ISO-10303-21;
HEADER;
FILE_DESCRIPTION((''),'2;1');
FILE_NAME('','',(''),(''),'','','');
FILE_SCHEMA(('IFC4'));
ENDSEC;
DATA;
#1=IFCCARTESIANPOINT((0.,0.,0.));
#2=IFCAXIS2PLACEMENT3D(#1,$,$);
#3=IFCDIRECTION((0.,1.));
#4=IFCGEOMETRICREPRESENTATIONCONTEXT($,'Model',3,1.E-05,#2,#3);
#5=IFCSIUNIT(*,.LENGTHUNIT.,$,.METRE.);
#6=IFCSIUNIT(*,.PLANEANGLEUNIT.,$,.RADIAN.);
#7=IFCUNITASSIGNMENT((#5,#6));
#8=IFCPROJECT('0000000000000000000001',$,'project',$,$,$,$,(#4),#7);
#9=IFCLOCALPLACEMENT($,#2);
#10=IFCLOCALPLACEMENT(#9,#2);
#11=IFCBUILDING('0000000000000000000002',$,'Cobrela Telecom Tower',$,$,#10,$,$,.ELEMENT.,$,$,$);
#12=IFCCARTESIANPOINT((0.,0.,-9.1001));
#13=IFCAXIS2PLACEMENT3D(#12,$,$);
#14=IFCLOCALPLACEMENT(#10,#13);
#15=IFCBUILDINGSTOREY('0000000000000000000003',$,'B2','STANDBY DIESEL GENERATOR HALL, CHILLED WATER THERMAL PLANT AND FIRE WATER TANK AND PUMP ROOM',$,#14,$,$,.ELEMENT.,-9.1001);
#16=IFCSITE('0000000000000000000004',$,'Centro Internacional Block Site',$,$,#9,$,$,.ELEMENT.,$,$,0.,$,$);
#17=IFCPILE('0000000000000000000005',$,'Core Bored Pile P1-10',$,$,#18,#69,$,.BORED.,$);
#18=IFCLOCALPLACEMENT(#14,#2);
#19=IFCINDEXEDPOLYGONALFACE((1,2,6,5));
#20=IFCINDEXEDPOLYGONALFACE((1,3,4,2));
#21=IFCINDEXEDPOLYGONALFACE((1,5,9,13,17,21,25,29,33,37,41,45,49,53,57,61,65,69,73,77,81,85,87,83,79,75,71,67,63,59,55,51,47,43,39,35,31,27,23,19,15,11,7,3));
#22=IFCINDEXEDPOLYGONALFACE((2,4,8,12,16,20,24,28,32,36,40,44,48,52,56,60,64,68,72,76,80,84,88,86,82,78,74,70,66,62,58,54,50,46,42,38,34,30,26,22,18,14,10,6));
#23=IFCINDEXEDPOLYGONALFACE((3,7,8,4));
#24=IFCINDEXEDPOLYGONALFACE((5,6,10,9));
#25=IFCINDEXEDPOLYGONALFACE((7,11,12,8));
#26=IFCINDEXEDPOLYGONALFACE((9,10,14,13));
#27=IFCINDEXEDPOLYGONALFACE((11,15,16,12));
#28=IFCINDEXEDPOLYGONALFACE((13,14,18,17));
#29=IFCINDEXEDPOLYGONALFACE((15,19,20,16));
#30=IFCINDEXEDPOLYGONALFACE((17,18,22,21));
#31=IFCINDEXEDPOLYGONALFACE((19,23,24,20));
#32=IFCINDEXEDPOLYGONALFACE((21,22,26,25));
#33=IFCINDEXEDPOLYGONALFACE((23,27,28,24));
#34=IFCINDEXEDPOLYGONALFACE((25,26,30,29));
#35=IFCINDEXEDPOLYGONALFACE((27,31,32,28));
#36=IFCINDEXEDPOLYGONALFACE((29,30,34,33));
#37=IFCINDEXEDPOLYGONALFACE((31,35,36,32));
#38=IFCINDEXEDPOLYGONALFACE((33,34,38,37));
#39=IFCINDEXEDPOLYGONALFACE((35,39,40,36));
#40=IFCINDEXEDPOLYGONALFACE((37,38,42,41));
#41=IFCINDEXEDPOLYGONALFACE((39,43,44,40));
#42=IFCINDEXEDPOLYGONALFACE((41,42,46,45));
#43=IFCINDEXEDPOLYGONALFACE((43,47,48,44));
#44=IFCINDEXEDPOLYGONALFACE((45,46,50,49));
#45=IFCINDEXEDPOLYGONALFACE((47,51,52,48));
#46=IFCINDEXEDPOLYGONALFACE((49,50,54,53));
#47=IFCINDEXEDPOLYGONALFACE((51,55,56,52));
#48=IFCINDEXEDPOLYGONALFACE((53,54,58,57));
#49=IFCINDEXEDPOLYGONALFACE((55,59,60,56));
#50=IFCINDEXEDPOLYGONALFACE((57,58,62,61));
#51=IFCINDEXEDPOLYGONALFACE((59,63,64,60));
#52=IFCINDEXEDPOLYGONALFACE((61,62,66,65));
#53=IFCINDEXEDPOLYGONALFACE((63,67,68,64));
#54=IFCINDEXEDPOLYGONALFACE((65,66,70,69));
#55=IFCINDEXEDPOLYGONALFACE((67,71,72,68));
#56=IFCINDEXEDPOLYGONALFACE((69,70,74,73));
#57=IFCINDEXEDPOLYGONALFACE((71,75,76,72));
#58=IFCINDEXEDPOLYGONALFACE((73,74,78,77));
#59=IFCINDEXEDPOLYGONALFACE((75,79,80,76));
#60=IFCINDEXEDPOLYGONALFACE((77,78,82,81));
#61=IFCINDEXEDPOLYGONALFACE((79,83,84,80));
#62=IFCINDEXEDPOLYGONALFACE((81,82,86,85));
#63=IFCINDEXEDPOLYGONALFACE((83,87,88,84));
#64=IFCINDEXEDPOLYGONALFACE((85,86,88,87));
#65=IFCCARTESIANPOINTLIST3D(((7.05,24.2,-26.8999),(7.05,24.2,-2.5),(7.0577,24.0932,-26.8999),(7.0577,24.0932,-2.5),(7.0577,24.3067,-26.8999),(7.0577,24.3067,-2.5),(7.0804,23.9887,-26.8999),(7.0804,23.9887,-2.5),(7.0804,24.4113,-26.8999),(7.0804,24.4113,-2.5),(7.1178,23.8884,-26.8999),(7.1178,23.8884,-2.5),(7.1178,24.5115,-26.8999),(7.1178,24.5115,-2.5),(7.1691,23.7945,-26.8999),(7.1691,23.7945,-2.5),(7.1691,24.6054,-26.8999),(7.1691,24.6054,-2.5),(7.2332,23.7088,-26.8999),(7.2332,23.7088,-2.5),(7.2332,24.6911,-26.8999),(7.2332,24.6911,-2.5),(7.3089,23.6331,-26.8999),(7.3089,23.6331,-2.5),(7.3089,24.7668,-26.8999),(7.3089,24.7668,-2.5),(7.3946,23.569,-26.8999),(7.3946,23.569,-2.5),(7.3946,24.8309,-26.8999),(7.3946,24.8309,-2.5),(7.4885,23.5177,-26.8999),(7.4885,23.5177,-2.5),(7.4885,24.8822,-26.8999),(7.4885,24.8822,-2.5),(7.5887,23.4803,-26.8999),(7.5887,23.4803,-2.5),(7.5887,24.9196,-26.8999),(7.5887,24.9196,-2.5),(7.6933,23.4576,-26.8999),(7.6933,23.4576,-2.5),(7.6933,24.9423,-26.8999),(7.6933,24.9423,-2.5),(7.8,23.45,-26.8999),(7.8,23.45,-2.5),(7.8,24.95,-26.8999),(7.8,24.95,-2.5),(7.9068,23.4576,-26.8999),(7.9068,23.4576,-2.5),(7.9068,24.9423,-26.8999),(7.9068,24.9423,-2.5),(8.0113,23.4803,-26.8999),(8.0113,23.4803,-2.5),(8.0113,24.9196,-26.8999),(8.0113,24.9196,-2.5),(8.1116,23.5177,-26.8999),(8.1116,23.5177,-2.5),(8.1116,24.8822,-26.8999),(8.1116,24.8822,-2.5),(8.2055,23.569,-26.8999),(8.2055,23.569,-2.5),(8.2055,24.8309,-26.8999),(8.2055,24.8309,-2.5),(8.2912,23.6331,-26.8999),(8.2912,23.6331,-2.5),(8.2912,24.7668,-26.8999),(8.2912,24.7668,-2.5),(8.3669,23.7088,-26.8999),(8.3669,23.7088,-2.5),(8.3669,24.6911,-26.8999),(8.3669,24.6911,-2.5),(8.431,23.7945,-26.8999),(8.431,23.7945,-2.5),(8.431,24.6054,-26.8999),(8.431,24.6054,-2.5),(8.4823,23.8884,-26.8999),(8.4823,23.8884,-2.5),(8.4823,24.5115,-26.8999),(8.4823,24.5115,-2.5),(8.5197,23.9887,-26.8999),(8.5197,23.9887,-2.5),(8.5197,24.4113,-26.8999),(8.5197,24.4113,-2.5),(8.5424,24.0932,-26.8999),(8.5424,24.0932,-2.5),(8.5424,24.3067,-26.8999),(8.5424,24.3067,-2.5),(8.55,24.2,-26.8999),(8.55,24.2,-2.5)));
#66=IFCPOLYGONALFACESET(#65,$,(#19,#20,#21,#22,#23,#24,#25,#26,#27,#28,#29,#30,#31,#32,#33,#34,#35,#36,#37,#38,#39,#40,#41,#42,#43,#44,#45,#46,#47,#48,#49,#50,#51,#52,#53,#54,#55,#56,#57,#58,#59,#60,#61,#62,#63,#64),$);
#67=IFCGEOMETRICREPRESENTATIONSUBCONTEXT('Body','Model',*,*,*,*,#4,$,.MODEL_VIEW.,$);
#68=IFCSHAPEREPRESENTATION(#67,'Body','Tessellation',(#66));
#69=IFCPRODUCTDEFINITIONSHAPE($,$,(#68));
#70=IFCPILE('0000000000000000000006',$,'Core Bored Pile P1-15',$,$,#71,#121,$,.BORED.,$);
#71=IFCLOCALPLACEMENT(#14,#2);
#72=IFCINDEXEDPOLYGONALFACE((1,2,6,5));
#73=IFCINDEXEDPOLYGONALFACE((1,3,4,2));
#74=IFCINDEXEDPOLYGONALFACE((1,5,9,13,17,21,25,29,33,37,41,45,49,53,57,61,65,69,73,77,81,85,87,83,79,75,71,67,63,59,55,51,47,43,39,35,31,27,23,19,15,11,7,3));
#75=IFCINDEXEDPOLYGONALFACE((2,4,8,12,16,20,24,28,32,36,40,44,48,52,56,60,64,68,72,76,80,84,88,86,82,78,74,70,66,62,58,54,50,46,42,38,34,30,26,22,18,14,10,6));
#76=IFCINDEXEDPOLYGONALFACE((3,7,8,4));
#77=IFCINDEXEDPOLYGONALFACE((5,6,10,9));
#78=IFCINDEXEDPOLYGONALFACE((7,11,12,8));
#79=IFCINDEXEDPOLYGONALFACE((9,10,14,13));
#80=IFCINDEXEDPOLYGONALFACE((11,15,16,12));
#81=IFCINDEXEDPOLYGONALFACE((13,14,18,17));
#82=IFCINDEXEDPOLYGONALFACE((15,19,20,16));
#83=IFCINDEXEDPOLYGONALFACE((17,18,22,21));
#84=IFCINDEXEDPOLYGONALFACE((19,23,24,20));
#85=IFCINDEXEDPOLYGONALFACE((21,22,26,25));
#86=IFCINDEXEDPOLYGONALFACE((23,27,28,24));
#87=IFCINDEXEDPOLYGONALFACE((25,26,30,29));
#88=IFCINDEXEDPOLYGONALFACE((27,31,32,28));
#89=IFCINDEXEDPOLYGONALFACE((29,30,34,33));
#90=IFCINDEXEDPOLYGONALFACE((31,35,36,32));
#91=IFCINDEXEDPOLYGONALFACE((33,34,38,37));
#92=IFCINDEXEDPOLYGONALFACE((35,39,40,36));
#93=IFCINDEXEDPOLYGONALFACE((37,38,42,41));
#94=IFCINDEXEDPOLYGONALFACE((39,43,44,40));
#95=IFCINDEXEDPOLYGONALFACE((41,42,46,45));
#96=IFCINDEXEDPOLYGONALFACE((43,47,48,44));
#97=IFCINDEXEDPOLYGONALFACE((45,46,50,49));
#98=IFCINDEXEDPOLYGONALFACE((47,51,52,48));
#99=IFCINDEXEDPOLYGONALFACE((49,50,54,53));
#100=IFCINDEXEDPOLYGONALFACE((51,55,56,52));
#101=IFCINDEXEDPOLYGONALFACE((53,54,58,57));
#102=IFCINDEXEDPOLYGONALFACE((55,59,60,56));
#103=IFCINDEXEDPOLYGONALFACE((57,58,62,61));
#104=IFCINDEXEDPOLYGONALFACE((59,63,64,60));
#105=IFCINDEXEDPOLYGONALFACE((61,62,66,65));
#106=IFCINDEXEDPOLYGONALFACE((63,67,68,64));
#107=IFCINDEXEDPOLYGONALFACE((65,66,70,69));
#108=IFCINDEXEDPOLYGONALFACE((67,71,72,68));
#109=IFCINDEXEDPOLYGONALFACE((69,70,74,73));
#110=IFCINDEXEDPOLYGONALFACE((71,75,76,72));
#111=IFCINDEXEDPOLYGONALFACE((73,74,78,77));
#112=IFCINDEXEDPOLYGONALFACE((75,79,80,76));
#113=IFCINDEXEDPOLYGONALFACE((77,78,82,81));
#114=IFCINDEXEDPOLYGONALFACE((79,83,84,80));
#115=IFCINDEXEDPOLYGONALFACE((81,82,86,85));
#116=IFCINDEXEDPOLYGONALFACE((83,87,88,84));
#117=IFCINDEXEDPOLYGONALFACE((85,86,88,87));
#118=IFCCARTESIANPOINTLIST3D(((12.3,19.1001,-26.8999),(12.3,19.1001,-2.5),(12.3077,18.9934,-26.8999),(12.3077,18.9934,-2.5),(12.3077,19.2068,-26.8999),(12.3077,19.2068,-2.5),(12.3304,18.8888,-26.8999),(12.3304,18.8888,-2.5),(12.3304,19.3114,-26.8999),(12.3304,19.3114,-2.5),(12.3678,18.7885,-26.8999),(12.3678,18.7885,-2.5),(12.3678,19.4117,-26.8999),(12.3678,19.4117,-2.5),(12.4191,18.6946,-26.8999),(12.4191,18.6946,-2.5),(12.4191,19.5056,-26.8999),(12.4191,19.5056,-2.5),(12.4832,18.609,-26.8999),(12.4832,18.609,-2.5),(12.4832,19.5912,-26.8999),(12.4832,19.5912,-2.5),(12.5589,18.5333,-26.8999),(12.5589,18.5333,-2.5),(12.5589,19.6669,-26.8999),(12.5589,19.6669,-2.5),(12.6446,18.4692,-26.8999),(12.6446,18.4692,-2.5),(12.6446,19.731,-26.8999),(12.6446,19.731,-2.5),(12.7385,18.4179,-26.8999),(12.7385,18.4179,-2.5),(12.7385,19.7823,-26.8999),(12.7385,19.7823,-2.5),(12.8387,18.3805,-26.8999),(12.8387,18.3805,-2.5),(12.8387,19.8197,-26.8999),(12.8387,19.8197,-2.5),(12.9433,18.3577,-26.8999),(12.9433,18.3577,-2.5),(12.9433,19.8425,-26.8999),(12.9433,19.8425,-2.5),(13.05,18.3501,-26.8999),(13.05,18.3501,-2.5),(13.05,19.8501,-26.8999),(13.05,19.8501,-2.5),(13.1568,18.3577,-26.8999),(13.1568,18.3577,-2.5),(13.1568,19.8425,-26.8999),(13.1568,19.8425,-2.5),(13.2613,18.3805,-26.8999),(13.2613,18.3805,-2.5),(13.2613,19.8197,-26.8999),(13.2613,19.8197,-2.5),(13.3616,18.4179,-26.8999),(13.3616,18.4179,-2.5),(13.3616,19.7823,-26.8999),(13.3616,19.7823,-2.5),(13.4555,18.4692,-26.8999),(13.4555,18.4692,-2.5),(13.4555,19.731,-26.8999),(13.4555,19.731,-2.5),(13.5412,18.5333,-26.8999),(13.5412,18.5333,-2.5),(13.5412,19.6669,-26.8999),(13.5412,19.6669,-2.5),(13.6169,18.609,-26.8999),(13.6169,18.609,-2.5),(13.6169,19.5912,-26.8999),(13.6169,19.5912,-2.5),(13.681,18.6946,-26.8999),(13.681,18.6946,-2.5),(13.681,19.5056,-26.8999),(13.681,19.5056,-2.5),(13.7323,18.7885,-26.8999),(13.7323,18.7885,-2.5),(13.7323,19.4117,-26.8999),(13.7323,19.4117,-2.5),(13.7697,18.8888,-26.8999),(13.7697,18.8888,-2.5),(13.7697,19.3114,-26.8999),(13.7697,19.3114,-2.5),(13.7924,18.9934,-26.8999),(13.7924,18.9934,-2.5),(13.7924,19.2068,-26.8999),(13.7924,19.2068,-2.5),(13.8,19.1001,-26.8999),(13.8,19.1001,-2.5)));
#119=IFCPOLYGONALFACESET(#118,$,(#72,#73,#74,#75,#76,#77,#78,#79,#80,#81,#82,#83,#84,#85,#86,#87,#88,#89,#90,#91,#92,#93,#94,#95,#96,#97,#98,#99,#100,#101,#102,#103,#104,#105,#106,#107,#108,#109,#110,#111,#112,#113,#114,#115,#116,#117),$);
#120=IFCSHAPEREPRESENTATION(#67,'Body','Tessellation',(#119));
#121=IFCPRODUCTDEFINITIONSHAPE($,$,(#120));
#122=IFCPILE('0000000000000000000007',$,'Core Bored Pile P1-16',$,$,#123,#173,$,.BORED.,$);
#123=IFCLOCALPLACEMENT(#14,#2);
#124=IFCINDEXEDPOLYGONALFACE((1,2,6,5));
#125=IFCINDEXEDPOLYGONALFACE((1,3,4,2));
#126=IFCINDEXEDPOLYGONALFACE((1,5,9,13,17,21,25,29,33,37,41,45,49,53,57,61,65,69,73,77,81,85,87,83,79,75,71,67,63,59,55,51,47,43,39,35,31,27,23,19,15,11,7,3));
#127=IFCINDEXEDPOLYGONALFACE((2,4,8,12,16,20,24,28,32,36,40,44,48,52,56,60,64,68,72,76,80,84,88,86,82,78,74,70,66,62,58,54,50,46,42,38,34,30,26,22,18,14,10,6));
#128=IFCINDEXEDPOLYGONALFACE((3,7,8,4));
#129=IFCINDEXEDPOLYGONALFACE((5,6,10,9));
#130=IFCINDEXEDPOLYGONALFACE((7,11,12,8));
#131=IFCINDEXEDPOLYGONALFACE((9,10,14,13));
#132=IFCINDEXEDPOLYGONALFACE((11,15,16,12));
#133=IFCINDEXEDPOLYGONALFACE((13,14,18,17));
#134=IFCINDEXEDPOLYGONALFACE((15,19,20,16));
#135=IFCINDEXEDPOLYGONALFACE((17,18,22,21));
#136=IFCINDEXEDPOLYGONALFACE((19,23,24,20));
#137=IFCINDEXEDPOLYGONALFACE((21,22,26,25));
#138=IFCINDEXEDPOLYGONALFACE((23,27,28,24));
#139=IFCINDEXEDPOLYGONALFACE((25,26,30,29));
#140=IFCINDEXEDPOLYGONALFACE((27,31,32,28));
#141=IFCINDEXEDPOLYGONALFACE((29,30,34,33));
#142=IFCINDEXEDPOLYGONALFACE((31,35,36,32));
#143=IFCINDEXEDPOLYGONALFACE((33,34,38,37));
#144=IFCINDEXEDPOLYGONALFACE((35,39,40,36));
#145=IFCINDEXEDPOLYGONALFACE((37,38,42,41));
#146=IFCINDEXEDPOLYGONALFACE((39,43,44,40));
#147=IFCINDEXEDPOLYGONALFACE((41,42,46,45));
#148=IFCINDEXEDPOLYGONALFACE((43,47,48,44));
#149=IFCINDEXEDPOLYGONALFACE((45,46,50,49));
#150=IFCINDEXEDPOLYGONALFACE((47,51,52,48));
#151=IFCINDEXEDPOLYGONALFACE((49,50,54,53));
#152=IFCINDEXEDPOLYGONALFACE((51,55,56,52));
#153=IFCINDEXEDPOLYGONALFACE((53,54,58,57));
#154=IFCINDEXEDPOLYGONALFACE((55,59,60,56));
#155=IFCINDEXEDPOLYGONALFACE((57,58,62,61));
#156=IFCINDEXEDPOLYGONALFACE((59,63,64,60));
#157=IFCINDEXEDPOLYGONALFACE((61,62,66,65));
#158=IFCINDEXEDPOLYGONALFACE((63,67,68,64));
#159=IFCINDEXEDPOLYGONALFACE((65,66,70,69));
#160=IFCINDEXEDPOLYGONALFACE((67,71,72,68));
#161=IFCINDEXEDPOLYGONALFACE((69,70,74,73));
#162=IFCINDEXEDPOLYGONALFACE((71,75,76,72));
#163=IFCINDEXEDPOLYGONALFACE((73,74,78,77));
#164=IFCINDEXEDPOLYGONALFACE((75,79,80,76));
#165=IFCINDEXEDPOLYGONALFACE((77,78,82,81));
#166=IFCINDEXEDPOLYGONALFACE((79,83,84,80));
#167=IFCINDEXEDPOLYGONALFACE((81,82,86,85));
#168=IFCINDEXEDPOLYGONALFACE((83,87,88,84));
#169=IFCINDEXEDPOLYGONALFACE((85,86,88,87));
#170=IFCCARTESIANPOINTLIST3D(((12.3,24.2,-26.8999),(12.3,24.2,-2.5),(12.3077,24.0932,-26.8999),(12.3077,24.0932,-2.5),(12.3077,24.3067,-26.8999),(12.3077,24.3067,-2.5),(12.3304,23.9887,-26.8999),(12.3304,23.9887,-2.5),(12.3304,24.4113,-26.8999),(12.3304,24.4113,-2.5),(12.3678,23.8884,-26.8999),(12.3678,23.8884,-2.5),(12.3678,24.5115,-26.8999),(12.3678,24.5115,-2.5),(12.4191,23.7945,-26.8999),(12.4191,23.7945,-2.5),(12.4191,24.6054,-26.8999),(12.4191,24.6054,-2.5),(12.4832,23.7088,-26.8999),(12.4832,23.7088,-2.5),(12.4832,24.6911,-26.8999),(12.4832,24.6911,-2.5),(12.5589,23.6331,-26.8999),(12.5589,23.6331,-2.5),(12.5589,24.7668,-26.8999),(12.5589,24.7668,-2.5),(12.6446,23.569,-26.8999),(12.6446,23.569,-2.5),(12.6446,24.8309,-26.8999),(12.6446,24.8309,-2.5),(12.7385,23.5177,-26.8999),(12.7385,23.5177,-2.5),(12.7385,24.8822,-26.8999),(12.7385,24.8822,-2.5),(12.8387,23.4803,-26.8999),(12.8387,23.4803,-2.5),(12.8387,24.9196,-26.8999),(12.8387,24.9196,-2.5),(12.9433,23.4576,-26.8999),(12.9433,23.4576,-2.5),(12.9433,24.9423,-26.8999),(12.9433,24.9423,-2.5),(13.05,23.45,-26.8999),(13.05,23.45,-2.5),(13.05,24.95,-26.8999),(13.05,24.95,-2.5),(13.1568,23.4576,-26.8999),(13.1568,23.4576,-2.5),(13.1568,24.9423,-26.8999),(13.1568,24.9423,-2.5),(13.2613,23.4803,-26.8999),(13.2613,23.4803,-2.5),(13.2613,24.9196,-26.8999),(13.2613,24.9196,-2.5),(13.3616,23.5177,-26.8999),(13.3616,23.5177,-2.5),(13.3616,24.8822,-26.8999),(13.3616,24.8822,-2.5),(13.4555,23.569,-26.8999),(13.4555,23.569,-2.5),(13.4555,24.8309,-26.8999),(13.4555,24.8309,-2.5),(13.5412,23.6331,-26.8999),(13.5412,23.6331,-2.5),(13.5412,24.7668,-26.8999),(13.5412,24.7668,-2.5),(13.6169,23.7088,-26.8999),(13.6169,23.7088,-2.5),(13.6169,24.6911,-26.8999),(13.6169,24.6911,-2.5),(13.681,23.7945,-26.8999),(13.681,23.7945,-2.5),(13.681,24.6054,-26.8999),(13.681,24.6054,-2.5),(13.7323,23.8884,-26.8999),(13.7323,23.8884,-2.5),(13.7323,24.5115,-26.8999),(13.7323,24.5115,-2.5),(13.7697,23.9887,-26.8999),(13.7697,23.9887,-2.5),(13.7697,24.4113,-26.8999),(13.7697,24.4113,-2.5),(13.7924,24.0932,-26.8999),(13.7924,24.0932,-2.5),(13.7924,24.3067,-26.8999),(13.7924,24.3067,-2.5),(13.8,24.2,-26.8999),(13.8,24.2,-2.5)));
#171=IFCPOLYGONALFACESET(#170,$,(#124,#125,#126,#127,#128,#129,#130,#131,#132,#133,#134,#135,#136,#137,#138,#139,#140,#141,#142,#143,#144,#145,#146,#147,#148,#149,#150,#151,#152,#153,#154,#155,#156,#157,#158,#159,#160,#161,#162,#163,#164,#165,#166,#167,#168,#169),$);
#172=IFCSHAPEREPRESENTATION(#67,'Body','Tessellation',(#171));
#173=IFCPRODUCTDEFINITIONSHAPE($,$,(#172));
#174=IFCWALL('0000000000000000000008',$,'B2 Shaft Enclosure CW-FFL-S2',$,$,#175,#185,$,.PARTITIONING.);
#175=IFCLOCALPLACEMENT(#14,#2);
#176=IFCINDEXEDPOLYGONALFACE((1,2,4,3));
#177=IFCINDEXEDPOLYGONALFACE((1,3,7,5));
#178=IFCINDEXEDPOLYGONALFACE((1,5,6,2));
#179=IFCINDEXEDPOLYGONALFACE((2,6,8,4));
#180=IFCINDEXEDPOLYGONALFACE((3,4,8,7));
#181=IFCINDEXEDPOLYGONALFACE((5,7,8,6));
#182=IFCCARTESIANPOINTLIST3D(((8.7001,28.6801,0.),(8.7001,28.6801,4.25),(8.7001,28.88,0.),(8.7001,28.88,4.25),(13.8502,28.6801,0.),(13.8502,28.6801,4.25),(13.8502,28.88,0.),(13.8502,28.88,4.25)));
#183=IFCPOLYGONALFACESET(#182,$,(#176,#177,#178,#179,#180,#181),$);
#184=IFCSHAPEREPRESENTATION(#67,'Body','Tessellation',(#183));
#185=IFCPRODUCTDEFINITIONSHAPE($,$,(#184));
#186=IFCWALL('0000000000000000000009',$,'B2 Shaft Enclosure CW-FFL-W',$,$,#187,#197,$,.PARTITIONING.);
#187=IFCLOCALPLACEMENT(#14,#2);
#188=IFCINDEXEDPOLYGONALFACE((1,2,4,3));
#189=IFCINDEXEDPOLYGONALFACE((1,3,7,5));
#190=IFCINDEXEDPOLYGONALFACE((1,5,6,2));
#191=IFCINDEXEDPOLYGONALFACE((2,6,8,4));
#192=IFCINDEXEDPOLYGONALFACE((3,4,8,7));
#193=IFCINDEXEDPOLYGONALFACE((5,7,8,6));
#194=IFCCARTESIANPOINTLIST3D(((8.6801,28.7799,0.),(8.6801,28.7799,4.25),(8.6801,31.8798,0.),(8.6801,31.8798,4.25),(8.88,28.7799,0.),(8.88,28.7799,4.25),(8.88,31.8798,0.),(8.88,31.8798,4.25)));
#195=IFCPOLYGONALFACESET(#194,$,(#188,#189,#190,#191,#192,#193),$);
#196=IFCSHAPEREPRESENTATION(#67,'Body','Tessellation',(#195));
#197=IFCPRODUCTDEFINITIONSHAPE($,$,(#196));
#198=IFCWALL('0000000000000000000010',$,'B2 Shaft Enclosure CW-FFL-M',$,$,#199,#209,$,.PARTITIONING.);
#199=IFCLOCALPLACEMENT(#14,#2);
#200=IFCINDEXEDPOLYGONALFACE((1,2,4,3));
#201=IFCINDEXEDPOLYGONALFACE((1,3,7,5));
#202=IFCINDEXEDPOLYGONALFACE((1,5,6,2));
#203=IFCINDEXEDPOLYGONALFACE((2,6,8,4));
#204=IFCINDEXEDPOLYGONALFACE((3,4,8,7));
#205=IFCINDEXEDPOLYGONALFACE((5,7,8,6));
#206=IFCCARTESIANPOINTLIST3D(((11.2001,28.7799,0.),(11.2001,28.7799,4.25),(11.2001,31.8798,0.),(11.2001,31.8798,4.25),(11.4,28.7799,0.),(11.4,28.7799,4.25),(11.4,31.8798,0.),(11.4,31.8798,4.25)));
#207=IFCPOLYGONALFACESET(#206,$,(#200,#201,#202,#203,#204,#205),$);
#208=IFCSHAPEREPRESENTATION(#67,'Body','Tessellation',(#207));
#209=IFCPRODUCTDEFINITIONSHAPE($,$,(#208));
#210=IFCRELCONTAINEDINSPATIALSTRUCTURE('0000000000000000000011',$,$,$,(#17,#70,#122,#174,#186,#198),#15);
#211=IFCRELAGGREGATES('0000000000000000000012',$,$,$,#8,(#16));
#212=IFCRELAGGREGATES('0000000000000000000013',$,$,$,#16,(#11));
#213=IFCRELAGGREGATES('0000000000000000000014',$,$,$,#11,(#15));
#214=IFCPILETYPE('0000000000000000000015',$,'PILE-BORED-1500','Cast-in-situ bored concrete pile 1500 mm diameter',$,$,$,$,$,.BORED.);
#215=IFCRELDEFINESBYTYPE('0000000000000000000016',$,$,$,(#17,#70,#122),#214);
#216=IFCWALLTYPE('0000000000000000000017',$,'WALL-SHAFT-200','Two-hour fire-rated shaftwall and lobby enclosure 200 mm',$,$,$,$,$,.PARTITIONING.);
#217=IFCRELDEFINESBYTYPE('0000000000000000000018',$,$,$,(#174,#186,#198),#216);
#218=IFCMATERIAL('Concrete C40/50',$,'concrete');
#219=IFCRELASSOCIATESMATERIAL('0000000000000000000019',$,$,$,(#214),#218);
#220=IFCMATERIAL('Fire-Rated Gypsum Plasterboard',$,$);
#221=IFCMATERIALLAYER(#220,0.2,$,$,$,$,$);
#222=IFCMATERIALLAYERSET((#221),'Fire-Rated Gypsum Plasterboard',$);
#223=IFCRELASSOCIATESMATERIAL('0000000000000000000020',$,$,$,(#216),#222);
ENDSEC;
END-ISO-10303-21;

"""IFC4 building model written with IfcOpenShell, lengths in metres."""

from ifc_helpers import new_model, si_unit, direction, frame, frame_2d, origin, origin_2d, place, context, subcontext, project, spatial, rectangle, circle, extrude, material, layer, layer_set, material_profile, profile_set, type_object, element, save


model = new_model("IFC4")

# Units and contexts
model_context = context("Model", 3, precision=1e-05, world=origin(), true_north=direction((0.0, 1.0)))
body_context = subcontext(model_context, "Body", "Model", "MODEL_VIEW")
ifc_project = project(units=[si_unit("LENGTHUNIT", "METRE"), si_unit("PLANEANGLEUNIT", "RADIAN")], contexts=[model_context])

# Site, building, storey
site_placement = place(None, origin())
site = spatial("IfcSite", under=ifc_project, at=site_placement, Name="Centro Internacional Block Site", CompositionType="ELEMENT", RefElevation=0.0)
building_placement = place(site_placement, origin())
building = spatial("IfcBuilding", under=site, at=building_placement, Name="Cobrela Telecom Tower", CompositionType="ELEMENT")
storey_placement = place(building_placement, frame((0.0, 0.0, -9.1001)))
storey = spatial("IfcBuildingStorey", under=building, at=storey_placement, Name="B2", Description="STANDBY DIESEL GENERATOR HALL, CHILLED WATER THERMAL PLANT AND FIRE WATER TANK AND PUMP ROOM", CompositionType="ELEMENT", Elevation=-9.1001)

# Shared definitions
ifc_material_1 = material(Name="Concrete C40/50", Category="concrete")

# Piles
ifc_material_profile = material_profile(ifc_material_1, circle(Radius=0.75, at=origin_2d()), Name="BORED PILE D1500")
ifc_profile_set = profile_set([ifc_material_profile], Name="Concrete C40/50")
pile_type = type_object("IfcPileType", Name="PILE-BORED-1500", Description="Cast-in-situ bored concrete pile 1500 mm diameter", PredefinedType="BORED", material=ifc_profile_set)
for number, where, z_axis, x_axis, name in (
    (1, (7.8, 24.2, -2.5), (0.0, 0.0, -1.0), (1.0, 0.0, 0.0), "Core Bored Pile P1-10"),
    (2, (13.05, 19.1001, -2.5), (0.0, 0.0, -1.0), (1.0, 0.0, 0.0), "Core Bored Pile P1-15"),
    (3, (13.05, 24.2, -2.5), (0.0, 0.0, -1.0), (1.0, 0.0, 0.0), "Core Bored Pile P1-16"),
):
    element("IfcPile", number, at=place(storey_placement, frame(where, z_axis=z_axis, x_axis=x_axis)), inside=storey, type_object=pile_type, Name=name, PredefinedType="BORED", context=body_context, shape_type="SweptSolid", body=[
        extrude(circle(Radius=0.75, at=origin_2d()), origin(), (0.0, 0.0, 1.0), 24.3999),
    ])

# Shared definitions
ifc_material_2 = material(Name="Fire-Rated Gypsum Plasterboard")

# Walls
ifc_layer_1 = layer(ifc_material_2, 0.2)
ifc_layer_set_1 = layer_set([ifc_layer_1], Name="Fire-Rated Gypsum Plasterboard")
wall_type_1 = type_object("IfcWallType", Name="WALL-SHAFT-200", Description="Two-hour fire-rated shaftwall and lobby enclosure 200 mm", PredefinedType="PARTITIONING", material=ifc_layer_set_1)
wall_1_placement = place(storey_placement, frame((8.7, 28.78, 0.0), z_axis=(0.0, 0.0, 1.0), x_axis=(1.0, 0.0, 0.0)))
element("IfcWall", 4, at=wall_1_placement, inside=storey, type_object=wall_type_1, Name="B2 Shaft Enclosure CW-FFL-S2", PredefinedType="PARTITIONING", context=body_context, shape_type="SweptSolid", body=[
    extrude(rectangle(XDim=5.1501, YDim=0.2, at=frame_2d((2.5752, 0.0))), origin(), (0.0, 0.0, 1.0), 4.25),
])
for number, where, z_axis, x_axis, name in (
    (5, (8.78, 28.78, 0.0), (0.0, 0.0, 1.0), (0.0, 1.0, 0.0), "B2 Shaft Enclosure CW-FFL-W"),
    (6, (11.3, 28.78, 0.0), (0.0, 0.0, 1.0), (0.0, 1.0, 0.0), "B2 Shaft Enclosure CW-FFL-M"),
):
    element("IfcWall", number, at=place(storey_placement, frame(where, z_axis=z_axis, x_axis=x_axis)), inside=storey, type_object=wall_type_1, Name=name, PredefinedType="PARTITIONING", context=body_context, shape_type="SweptSolid", body=[
        extrude(rectangle(XDim=3.0999, YDim=0.2, at=frame_2d((1.5498, 0.0))), origin(), (0.0, 0.0, 1.0), 4.25),
    ])

save(model, "model.ifc")
